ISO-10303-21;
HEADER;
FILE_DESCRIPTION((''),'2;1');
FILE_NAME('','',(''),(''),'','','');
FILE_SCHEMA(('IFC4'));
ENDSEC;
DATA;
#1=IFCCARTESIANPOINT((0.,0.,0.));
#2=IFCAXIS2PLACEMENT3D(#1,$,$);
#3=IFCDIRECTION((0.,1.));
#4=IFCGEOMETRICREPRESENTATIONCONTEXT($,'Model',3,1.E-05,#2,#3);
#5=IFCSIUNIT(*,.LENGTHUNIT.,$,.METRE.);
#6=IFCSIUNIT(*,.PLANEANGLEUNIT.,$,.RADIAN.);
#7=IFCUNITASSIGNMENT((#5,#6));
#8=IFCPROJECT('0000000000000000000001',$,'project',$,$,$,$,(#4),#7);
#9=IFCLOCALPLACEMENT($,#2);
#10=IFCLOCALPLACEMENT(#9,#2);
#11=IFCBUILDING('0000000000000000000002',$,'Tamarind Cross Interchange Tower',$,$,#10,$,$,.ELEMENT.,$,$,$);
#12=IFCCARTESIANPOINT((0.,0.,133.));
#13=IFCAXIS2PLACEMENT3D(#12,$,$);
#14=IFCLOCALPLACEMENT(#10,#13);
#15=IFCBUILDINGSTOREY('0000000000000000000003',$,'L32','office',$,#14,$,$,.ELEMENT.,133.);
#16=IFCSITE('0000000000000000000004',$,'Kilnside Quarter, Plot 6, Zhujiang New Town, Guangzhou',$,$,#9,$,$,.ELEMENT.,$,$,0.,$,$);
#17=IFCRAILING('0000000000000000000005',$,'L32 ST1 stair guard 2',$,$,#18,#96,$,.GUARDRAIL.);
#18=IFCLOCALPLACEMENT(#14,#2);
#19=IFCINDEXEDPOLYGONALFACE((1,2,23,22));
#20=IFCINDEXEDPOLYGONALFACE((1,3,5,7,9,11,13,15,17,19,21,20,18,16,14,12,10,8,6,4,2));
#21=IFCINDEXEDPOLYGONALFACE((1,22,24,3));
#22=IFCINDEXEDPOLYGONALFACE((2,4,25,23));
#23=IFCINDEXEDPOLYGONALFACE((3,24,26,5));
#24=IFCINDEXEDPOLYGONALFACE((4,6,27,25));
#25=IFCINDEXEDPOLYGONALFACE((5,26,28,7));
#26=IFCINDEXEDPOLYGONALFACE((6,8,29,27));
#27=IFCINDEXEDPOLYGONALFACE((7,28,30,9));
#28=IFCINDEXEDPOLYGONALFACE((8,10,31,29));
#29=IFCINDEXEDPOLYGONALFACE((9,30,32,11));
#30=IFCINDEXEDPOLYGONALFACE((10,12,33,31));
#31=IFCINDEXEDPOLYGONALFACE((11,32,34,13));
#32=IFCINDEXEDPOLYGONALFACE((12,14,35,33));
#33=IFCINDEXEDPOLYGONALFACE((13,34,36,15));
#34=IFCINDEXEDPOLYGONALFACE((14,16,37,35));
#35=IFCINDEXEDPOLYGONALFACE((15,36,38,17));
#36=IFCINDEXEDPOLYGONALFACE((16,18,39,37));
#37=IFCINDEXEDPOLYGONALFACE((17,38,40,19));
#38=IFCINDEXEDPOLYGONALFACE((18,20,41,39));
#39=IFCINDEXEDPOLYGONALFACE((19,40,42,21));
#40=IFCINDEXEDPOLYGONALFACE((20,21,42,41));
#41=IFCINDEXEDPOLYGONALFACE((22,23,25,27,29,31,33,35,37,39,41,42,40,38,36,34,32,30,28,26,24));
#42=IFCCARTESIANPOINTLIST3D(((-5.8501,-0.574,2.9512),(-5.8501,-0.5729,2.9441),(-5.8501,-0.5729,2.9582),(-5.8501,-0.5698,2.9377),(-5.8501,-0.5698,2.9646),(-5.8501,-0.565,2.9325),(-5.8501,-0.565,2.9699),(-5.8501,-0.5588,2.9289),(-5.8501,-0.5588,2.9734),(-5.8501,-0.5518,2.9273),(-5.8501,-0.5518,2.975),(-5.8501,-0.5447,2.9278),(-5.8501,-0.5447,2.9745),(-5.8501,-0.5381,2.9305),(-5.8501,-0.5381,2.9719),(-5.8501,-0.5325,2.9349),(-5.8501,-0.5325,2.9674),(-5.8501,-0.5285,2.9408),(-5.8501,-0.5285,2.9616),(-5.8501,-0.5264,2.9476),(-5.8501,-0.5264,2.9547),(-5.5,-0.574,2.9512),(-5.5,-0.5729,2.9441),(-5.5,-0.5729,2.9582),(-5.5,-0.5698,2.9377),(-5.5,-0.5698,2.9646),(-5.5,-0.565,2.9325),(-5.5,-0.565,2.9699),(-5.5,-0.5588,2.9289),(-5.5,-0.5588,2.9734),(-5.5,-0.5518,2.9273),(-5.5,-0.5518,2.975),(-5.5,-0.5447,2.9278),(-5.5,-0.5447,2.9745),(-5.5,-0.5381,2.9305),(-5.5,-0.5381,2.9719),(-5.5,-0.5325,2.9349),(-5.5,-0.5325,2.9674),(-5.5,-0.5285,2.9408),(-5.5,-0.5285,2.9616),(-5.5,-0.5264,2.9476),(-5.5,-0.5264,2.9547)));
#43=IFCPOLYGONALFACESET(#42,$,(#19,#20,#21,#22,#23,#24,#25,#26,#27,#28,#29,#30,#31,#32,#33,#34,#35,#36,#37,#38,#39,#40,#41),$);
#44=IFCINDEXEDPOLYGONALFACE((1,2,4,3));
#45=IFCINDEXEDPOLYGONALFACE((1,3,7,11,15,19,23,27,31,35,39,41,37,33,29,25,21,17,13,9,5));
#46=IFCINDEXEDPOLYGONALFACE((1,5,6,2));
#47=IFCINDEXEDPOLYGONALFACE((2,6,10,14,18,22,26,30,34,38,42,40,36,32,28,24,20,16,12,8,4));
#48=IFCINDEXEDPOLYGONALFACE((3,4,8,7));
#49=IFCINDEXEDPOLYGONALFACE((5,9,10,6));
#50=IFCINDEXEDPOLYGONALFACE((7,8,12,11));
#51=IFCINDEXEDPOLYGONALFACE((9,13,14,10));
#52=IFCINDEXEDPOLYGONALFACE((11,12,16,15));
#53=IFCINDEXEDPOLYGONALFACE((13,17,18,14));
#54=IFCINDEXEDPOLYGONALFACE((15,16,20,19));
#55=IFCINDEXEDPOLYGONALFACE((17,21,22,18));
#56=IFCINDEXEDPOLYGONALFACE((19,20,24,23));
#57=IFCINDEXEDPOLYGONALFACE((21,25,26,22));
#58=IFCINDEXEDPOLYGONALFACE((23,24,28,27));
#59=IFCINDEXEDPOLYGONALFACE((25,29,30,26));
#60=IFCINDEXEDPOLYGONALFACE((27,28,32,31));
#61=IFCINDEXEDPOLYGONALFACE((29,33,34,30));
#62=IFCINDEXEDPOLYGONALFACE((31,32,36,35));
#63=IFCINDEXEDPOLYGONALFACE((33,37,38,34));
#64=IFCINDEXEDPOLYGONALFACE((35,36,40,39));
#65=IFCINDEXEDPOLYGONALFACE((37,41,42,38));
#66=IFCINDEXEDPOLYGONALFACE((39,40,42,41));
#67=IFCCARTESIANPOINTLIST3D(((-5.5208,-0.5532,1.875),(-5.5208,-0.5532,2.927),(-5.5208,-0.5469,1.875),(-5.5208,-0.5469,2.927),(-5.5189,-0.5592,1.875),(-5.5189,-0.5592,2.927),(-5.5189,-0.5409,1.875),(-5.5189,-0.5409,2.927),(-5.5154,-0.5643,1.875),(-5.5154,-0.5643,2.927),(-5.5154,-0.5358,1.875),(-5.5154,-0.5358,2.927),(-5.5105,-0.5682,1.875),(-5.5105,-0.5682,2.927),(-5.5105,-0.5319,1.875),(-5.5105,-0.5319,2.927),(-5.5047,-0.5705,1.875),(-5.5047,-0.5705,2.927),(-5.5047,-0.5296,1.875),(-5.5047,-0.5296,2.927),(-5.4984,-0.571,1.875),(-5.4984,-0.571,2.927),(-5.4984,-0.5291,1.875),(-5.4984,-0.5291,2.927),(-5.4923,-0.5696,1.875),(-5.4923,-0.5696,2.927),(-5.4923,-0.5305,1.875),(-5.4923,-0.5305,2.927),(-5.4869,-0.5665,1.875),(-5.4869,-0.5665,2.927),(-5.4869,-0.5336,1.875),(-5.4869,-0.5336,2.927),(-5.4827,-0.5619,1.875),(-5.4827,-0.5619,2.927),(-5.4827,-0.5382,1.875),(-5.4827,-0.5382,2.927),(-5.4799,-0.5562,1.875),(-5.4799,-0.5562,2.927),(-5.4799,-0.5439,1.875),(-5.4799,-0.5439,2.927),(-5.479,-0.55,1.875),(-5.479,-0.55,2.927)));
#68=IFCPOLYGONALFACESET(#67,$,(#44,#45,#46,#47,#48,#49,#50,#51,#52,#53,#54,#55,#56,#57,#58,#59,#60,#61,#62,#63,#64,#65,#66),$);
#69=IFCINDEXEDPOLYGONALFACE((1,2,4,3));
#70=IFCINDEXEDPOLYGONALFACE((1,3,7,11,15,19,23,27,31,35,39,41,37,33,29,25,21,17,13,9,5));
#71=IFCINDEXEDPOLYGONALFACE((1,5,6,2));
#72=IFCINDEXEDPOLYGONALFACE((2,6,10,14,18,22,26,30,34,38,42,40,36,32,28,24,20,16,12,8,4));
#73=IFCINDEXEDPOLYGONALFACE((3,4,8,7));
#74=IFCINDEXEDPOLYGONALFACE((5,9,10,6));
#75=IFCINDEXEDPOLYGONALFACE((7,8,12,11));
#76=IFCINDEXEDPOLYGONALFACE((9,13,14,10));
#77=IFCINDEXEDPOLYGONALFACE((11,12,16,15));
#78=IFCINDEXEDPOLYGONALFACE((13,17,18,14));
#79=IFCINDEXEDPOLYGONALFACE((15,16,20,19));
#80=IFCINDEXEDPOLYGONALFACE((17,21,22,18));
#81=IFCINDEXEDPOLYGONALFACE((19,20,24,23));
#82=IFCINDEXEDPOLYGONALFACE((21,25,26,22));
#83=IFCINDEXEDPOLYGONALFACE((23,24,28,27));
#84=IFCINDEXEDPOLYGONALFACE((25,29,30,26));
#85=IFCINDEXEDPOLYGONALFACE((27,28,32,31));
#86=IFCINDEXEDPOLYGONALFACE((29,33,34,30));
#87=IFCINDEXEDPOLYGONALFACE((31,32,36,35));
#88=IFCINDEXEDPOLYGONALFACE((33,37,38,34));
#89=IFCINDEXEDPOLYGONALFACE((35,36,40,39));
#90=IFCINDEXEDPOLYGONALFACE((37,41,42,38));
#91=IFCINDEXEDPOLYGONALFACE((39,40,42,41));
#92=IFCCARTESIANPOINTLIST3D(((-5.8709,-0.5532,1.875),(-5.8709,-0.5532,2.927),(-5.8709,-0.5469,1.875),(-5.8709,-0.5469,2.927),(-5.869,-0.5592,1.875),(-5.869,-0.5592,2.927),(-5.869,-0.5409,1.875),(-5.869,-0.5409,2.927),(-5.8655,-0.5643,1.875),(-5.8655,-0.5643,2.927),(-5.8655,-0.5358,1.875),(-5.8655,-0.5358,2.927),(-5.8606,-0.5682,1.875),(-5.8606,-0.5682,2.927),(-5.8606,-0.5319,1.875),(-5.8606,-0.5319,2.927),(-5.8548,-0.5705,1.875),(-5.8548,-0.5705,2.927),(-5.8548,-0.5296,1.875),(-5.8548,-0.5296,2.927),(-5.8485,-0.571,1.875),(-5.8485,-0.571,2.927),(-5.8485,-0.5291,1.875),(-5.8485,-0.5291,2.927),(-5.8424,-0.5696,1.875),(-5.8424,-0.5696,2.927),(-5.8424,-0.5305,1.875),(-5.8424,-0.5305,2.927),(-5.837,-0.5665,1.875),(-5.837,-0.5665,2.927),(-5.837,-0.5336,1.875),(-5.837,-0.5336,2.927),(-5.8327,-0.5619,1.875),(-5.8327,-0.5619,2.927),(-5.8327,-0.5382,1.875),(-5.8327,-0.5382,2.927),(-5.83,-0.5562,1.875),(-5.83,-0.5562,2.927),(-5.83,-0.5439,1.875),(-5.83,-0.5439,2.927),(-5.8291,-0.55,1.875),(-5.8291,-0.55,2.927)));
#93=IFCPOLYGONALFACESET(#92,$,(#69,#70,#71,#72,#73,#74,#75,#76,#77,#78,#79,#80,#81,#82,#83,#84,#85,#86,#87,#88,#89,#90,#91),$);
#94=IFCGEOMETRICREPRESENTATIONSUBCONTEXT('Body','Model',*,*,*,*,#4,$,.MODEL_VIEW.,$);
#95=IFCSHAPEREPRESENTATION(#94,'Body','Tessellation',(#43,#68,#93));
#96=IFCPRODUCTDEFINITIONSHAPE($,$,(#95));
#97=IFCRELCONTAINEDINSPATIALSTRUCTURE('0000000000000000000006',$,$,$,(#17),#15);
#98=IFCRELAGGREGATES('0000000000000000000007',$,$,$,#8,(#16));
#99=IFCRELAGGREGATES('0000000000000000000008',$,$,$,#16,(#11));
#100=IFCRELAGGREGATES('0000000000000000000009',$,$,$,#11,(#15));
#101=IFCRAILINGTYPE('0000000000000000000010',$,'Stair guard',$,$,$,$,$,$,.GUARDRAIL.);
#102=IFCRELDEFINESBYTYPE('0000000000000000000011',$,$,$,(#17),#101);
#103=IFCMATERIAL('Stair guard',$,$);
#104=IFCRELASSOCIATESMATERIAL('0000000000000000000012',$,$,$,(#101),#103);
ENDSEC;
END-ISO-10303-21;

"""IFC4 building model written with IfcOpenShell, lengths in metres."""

from ifc_helpers import new_model, si_unit, direction, frame, origin, origin_2d, place, context, subcontext, project, spatial, circle, extrude, material, type_object, element, save


model = new_model("IFC4")

# Units and contexts
model_context = context("Model", 3, precision=1e-05, world=origin(), true_north=direction((0.0, 1.0)))
body_context = subcontext(model_context, "Body", "Model", "MODEL_VIEW")
ifc_project = project(units=[si_unit("LENGTHUNIT", "METRE"), si_unit("PLANEANGLEUNIT", "RADIAN")], contexts=[model_context])

# Site, building, storey
site_placement = place(None, origin())
site = spatial("IfcSite", under=ifc_project, at=site_placement, Name="Kilnside Quarter, Plot 6, Zhujiang New Town, Guangzhou", CompositionType="ELEMENT", RefElevation=0.0)
building_placement = place(site_placement, origin())
building = spatial("IfcBuilding", under=site, at=building_placement, Name="Tamarind Cross Interchange Tower", CompositionType="ELEMENT")
storey_placement = place(building_placement, frame((0.0, 0.0, 133.0)))
storey = spatial("IfcBuildingStorey", under=building, at=storey_placement, Name="L32", Description="office", CompositionType="ELEMENT", Elevation=133.0)

# Railing
ifc_material_1 = material(Name="Stair guard")
railing_type_1 = type_object("IfcRailingType", Name="Stair guard", PredefinedType="GUARDRAIL", material=ifc_material_1)
railing_1_placement = place(storey_placement, frame((-5.5, -0.55, 1.875)))
element("IfcRailing", 1, at=railing_1_placement, inside=storey, type_object=railing_type_1, Name="L32 ST1 stair guard 2", PredefinedType="GUARDRAIL", context=body_context, shape_type="SweptSolid", body=[
    extrude(circle(Radius=0.0239, at=origin_2d()), frame((0.0, 0.0, 1.0762), z_axis=(-1.0, 0.0, 0.0), x_axis=(0.0, -1.0, 0.0)), (0.0, 0.0, 1.0), 0.3501),
    extrude(circle(Radius=0.021, at=origin_2d()), origin(), (0.0, 0.0, 1.0), 1.052),
    extrude(circle(Radius=0.021, at=origin_2d()), frame((-0.3501, 0.0, 0.0)), (0.0, 0.0, 1.0), 1.052),
])

save(model, "model.ifc")
